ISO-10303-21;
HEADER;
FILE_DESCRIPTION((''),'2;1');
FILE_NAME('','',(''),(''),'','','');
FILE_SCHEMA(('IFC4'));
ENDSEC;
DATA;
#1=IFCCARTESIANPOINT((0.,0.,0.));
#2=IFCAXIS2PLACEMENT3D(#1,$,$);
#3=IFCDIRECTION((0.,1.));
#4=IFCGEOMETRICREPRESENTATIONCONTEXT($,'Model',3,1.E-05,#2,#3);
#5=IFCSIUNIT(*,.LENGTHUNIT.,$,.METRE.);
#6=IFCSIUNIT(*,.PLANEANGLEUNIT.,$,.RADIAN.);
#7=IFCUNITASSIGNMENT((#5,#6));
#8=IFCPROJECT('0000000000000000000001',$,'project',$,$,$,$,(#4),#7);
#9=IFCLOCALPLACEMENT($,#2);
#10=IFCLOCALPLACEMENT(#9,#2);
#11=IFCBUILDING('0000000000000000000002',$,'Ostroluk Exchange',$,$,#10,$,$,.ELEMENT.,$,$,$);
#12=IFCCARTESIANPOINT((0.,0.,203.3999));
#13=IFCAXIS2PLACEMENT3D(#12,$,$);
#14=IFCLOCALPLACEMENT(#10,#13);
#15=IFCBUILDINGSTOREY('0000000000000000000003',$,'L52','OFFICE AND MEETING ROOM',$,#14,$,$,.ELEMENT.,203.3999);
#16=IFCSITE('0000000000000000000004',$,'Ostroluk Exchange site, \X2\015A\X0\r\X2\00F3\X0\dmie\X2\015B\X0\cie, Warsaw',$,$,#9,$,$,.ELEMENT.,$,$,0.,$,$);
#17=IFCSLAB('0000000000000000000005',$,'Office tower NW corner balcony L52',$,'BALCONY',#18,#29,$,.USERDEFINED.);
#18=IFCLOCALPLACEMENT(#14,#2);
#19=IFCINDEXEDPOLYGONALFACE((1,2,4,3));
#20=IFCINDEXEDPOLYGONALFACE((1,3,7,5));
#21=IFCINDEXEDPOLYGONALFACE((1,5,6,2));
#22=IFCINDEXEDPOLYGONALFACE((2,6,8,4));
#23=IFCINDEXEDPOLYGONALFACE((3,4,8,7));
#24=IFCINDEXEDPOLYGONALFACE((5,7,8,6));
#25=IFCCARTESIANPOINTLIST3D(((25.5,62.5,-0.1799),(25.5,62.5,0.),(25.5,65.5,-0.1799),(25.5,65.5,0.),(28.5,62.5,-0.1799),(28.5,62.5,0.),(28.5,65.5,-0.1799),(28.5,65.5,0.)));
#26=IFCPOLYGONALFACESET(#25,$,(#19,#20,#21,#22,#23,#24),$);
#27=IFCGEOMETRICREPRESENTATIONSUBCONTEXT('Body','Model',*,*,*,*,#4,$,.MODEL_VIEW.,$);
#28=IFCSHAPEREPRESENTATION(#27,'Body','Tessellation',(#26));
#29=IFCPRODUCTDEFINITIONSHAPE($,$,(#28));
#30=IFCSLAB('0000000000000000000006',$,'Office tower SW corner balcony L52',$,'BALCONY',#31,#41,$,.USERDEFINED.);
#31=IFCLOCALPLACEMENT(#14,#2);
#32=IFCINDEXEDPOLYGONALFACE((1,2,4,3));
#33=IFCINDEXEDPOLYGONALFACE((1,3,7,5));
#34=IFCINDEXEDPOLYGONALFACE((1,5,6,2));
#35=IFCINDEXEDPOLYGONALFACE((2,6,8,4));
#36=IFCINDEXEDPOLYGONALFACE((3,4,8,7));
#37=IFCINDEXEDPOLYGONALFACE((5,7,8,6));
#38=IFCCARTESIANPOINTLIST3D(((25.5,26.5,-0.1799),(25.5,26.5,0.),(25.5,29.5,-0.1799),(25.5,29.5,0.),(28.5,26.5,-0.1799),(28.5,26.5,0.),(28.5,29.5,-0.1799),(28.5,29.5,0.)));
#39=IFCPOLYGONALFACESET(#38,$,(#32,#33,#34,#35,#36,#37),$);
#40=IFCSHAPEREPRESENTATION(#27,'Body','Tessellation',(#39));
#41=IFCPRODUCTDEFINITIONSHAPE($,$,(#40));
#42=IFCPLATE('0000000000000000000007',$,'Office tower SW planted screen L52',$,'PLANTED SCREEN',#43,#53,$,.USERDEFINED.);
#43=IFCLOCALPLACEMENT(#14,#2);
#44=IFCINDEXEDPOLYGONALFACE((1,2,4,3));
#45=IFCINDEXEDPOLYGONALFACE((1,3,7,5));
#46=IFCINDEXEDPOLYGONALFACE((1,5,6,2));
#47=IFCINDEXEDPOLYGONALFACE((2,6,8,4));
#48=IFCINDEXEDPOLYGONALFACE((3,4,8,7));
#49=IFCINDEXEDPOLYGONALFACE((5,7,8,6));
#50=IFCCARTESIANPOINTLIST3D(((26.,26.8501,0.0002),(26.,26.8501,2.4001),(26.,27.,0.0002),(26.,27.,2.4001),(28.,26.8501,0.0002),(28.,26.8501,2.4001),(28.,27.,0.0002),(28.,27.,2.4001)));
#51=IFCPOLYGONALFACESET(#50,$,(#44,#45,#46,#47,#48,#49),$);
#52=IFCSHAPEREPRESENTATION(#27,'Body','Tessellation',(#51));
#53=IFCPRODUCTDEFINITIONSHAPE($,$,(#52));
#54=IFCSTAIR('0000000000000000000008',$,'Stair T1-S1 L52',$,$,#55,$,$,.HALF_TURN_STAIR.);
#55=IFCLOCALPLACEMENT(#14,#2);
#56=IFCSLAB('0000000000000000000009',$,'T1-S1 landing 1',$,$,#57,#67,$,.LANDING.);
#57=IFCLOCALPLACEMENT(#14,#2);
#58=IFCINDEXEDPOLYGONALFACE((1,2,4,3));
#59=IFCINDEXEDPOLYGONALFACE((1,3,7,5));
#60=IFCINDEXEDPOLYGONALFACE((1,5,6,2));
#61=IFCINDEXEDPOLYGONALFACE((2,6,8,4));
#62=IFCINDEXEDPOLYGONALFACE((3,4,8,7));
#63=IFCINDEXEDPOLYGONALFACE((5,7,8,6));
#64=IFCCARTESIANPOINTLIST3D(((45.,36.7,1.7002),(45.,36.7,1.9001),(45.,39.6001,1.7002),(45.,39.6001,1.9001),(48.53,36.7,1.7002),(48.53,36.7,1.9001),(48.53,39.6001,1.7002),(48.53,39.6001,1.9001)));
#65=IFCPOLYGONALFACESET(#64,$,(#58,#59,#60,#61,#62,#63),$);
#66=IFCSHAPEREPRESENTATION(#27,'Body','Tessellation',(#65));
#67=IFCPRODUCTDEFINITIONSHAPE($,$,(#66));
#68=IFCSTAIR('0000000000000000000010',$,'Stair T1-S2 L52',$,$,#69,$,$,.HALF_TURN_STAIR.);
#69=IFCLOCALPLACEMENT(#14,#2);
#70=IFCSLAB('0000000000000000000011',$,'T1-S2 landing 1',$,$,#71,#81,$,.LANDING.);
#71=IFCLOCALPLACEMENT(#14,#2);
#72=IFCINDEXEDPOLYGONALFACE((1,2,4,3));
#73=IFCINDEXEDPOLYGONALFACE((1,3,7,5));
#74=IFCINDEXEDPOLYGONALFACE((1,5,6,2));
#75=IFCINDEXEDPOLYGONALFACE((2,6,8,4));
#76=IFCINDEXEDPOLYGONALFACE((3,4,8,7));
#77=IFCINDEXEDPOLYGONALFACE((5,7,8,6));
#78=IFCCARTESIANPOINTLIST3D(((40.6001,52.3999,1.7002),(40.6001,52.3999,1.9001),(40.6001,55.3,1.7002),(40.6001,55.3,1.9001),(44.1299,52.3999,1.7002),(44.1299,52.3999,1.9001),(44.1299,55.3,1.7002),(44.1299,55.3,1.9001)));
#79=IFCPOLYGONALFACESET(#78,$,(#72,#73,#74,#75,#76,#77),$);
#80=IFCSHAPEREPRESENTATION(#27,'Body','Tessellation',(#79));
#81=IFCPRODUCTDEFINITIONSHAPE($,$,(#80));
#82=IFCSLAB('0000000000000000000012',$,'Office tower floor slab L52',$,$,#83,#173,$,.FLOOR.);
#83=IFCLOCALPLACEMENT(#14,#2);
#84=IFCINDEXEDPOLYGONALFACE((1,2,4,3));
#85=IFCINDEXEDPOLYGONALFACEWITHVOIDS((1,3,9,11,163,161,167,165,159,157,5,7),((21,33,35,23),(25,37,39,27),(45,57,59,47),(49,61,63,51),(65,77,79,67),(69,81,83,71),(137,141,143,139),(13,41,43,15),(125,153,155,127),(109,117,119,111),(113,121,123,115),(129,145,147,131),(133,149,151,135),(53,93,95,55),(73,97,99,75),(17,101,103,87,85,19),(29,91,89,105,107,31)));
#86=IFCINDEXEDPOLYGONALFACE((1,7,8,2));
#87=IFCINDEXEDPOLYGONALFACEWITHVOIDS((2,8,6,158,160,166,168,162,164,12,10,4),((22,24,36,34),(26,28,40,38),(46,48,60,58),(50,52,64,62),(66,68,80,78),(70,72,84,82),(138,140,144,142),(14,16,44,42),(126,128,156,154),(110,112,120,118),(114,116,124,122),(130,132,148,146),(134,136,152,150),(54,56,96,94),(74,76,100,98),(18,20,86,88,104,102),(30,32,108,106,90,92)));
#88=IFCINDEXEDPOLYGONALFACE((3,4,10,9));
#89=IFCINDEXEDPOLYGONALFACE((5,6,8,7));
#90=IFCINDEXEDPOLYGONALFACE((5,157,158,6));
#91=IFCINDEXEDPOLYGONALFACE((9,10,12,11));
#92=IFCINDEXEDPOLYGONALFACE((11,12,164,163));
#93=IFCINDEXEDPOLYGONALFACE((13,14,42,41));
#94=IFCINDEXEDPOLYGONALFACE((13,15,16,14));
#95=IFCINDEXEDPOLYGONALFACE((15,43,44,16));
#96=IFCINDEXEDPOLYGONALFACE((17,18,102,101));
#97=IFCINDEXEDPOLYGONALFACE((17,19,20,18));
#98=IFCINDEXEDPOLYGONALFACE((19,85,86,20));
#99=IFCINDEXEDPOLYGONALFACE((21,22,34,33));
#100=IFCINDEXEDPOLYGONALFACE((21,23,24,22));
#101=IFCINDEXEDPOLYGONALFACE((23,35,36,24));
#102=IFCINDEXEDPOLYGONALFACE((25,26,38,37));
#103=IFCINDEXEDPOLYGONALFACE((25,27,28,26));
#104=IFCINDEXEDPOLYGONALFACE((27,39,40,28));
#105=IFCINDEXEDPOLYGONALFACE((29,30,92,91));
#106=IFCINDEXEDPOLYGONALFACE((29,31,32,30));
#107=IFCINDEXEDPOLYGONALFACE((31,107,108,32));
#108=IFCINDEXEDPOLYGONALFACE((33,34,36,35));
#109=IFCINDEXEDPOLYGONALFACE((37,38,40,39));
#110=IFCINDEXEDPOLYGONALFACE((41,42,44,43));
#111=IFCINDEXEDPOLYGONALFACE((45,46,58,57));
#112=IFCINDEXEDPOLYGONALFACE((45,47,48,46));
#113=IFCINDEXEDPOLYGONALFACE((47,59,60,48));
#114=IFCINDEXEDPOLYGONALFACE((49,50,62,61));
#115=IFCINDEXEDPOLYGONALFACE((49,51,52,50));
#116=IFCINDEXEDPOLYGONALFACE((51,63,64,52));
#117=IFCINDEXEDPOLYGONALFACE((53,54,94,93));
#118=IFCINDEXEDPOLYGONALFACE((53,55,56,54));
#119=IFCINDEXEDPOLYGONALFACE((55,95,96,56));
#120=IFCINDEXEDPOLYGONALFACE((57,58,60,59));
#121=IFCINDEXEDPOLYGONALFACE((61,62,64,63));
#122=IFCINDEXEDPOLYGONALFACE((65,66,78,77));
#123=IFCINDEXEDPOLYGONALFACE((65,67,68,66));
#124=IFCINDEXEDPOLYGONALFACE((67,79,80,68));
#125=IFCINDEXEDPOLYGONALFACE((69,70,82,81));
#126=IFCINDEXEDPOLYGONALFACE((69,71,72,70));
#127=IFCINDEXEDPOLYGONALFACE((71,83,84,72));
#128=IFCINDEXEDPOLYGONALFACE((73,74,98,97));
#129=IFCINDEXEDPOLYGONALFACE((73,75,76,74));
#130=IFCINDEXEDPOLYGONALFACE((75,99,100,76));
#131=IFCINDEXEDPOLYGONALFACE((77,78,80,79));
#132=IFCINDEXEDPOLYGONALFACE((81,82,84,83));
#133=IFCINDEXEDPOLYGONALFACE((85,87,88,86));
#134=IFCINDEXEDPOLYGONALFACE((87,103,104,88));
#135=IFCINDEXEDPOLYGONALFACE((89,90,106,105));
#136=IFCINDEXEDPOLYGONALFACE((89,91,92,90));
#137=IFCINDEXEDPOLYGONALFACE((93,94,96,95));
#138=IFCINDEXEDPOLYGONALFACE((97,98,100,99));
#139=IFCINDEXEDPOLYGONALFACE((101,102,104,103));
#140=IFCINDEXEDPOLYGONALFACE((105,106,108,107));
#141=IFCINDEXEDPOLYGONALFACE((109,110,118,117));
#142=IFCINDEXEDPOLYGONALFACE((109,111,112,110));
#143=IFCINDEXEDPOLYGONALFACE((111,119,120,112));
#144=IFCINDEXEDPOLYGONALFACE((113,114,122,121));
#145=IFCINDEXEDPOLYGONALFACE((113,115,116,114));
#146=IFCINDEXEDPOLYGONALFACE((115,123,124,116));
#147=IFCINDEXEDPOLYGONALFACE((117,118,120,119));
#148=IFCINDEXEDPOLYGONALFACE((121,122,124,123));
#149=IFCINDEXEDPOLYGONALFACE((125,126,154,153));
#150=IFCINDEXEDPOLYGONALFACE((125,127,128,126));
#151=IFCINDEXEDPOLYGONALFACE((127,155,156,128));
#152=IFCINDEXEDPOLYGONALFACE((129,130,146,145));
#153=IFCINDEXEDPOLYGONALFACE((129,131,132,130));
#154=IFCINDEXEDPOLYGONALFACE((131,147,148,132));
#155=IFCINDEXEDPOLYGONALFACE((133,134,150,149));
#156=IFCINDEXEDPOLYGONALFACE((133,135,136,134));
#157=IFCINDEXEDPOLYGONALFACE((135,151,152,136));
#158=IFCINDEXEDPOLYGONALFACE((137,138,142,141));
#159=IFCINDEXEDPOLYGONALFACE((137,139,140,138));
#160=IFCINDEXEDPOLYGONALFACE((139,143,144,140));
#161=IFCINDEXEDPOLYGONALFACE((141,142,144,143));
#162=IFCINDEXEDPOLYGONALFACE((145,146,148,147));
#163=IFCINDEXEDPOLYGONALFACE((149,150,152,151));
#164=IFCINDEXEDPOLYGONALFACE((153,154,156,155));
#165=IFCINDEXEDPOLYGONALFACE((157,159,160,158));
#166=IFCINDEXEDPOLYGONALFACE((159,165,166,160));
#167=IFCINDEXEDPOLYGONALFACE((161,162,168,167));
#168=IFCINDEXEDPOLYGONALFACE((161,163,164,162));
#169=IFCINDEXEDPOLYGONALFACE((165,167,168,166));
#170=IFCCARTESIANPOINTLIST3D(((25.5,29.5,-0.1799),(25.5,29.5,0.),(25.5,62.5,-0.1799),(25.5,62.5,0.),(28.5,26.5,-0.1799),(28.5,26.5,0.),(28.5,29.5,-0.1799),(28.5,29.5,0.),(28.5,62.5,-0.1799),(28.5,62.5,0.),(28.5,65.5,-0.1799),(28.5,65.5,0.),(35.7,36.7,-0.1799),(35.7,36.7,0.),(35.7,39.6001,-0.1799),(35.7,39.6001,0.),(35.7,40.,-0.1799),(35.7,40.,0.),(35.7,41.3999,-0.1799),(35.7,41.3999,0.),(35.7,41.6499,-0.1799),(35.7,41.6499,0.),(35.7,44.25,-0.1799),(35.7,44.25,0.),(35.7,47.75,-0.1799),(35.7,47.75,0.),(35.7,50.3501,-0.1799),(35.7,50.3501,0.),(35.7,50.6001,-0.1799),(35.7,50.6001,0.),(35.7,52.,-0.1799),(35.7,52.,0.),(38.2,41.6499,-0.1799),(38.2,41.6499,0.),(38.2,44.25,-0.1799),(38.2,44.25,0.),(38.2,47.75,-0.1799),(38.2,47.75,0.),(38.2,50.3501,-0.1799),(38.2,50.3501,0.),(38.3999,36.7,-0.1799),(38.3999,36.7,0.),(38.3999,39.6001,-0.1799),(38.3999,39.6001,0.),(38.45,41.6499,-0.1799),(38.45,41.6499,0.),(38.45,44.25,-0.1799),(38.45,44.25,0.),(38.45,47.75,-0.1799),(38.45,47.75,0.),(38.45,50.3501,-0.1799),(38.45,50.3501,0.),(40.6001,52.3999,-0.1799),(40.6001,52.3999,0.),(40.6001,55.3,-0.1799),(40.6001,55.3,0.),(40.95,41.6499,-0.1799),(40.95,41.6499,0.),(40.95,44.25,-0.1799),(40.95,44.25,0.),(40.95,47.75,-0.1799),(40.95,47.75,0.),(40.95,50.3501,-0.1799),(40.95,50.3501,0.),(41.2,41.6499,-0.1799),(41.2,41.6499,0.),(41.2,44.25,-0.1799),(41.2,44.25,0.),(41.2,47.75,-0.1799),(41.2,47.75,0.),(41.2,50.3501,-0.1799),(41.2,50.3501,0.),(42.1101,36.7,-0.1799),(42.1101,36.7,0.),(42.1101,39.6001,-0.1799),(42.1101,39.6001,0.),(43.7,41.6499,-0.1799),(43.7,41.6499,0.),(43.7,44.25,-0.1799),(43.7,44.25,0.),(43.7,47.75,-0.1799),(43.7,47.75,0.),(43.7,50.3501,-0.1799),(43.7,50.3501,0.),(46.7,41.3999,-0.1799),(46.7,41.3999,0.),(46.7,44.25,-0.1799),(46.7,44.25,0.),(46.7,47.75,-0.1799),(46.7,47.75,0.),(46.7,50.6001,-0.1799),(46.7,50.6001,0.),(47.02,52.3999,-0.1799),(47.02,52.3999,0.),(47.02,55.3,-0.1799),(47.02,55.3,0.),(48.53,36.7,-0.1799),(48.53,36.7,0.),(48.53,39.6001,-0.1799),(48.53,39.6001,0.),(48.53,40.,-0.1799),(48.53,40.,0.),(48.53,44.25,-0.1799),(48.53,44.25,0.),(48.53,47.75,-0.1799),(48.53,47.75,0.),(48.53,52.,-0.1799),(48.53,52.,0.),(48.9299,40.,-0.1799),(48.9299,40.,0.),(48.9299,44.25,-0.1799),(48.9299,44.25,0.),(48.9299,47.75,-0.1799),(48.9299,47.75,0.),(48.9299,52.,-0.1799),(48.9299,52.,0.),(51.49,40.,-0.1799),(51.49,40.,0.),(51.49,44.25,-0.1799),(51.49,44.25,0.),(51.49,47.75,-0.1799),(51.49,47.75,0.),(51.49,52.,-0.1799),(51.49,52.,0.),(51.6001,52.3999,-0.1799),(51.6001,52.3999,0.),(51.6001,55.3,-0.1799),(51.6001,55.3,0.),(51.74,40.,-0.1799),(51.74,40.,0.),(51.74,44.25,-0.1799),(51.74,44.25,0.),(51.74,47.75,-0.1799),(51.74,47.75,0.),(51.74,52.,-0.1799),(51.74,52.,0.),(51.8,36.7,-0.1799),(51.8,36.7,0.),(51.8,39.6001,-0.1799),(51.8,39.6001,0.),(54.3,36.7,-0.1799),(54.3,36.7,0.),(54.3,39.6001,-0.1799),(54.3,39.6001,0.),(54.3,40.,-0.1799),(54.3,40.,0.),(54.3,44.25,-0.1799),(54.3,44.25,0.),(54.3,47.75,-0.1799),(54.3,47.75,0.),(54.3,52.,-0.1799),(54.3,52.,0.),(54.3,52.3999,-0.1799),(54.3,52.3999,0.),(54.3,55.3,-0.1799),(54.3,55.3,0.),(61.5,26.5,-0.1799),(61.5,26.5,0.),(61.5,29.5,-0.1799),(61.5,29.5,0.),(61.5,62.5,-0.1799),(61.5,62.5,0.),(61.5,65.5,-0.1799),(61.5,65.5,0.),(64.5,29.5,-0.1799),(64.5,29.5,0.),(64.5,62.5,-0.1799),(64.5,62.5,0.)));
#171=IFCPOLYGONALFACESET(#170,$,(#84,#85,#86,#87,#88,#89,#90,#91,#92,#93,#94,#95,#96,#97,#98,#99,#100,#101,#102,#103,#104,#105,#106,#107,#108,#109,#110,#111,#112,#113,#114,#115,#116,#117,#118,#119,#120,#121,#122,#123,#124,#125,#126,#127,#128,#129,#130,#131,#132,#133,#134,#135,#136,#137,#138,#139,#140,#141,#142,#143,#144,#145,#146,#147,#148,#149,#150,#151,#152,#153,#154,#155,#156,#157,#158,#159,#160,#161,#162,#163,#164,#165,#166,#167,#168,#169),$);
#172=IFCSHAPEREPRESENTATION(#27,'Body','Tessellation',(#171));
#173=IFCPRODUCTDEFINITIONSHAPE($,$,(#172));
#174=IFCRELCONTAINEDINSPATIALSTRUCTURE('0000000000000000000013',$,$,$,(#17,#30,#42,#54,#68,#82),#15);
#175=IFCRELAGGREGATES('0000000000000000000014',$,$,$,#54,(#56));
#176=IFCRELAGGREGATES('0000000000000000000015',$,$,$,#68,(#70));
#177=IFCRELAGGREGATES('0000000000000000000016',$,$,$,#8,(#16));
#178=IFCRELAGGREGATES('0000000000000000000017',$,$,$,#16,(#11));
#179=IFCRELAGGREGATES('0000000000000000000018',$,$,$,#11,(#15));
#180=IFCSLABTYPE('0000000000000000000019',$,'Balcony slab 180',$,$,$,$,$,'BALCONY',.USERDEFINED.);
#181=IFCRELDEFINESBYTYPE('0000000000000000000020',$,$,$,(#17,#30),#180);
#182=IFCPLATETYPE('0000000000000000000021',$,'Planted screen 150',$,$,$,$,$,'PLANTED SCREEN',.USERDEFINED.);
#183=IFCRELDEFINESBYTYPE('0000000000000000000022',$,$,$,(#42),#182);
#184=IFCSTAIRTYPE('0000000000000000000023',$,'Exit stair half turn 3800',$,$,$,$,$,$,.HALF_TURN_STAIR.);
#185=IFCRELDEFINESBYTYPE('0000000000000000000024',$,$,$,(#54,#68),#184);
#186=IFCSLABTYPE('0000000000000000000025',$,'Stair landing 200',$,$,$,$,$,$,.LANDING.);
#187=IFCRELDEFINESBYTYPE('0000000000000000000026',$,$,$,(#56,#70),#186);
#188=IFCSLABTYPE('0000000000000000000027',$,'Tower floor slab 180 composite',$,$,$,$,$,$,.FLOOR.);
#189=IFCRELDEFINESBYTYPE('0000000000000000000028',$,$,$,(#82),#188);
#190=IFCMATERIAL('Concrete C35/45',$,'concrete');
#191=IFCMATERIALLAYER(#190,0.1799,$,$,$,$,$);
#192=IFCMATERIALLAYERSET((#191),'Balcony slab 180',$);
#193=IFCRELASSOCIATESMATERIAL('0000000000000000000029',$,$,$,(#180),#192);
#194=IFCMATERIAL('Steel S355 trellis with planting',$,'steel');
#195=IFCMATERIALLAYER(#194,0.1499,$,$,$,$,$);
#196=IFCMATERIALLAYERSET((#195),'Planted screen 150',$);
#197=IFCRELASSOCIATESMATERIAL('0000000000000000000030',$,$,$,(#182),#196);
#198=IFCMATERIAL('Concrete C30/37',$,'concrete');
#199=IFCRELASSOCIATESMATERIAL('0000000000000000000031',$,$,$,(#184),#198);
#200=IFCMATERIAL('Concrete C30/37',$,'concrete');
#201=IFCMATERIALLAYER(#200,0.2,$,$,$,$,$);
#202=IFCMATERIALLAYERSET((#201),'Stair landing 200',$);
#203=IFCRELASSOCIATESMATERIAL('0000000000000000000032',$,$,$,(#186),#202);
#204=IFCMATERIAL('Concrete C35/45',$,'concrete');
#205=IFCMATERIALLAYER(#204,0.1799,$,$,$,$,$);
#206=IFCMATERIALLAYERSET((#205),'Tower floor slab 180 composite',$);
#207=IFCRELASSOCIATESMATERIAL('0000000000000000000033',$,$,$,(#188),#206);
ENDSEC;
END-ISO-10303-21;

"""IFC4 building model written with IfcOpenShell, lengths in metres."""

from ifc_helpers import new_model, si_unit, direction, frame, origin, origin_2d, place, context, subcontext, project, spatial, polyline, rectangle, outline, extrude, material, layer, layer_set, type_object, element, aggregate, save


model = new_model("IFC4")

# Units and contexts
model_context = context("Model", 3, precision=1e-05, world=origin(), true_north=direction((0.0, 1.0)))
body_context = subcontext(model_context, "Body", "Model", "MODEL_VIEW")
ifc_project = project(units=[si_unit("LENGTHUNIT", "METRE"), si_unit("PLANEANGLEUNIT", "RADIAN")], contexts=[model_context])

# Site, building, storey
site_placement = place(None, origin())
site = spatial("IfcSite", under=ifc_project, at=site_placement, Name="Ostroluk Exchange site, Śródmieście, Warsaw", CompositionType="ELEMENT", RefElevation=0.0)
building_placement = place(site_placement, origin())
building = spatial("IfcBuilding", under=site, at=building_placement, Name="Ostroluk Exchange", CompositionType="ELEMENT")
storey_placement = place(building_placement, frame((0.0, 0.0, 203.3999)))
storey = spatial("IfcBuildingStorey", under=building, at=storey_placement, Name="L52", Description="OFFICE AND MEETING ROOM", CompositionType="ELEMENT", Elevation=203.3999)

# Slabs
ifc_material_1 = material(Name="Concrete C35/45", Category="concrete")
ifc_layer_1 = layer(ifc_material_1, 0.1799)
ifc_layer_set_1 = layer_set([ifc_layer_1], Name="Balcony slab 180")
slab_type_1 = type_object("IfcSlabType", Name="Balcony slab 180", ElementType="BALCONY", PredefinedType="USERDEFINED", material=ifc_layer_set_1)
slab_1_placement = place(storey_placement, frame((0.0, 0.0, -0.1799)))
element("IfcSlab", 1, at=slab_1_placement, inside=storey, type_object=slab_type_1, Name="Office tower NW corner balcony L52", ObjectType="BALCONY", PredefinedType="USERDEFINED", context=body_context, shape_type="SweptSolid", body=[
    extrude(outline(polyline([(25.5, 62.5), (28.5, 62.5), (28.5, 65.5), (25.5, 65.5), (25.5, 62.5)])), origin(), (0.0, 0.0, 1.0), 0.1799),
])
slab_2_placement = place(storey_placement, frame((0.0, 0.0, -0.1799)))
element("IfcSlab", 2, at=slab_2_placement, inside=storey, type_object=slab_type_1, Name="Office tower SW corner balcony L52", ObjectType="BALCONY", PredefinedType="USERDEFINED", context=body_context, shape_type="SweptSolid", body=[
    extrude(outline(polyline([(25.5, 26.5), (28.5, 26.5), (28.5, 29.5), (25.5, 29.5), (25.5, 26.5)])), origin(), (0.0, 0.0, 1.0), 0.1799),
])

# Plate
ifc_material_2 = material(Name="Steel S355 trellis with planting", Category="steel")
ifc_layer_2 = layer(ifc_material_2, 0.1499)
ifc_layer_set_2 = layer_set([ifc_layer_2], Name="Planted screen 150")
plate_type_1 = type_object("IfcPlateType", Name="Planted screen 150", ElementType="PLANTED SCREEN", PredefinedType="USERDEFINED", material=ifc_layer_set_2)
plate_1_placement = place(storey_placement, frame((27.0, 26.925, 0.0002), z_axis=(0.0, 0.0, 1.0), x_axis=(1.0, 0.0, 0.0)))
element("IfcPlate", 3, at=plate_1_placement, inside=storey, type_object=plate_type_1, Name="Office tower SW planted screen L52", ObjectType="PLANTED SCREEN", PredefinedType="USERDEFINED", context=body_context, shape_type="SweptSolid", body=[
    extrude(rectangle(XDim=2.0, YDim=0.1499, at=origin_2d()), origin(), (0.0, 0.0, 1.0), 2.3999),
])

# Stairs, slabs
ifc_material_3 = material(Name="Concrete C30/37", Category="concrete")
stair_type = type_object("IfcStairType", Name="Exit stair half turn 3800", PredefinedType="HALF_TURN_STAIR", material=ifc_material_3)
stair_1_placement = place(storey_placement, origin())
stair_1 = element("IfcStair", 4, at=stair_1_placement, inside=storey, type_object=stair_type, Name="Stair T1-S1 L52", PredefinedType="HALF_TURN_STAIR")
ifc_material_4 = material(Name="Concrete C30/37", Category="concrete")
ifc_layer_3 = layer(ifc_material_4, 0.2)
ifc_layer_set_3 = layer_set([ifc_layer_3], Name="Stair landing 200")
slab_type_2 = type_object("IfcSlabType", Name="Stair landing 200", PredefinedType="LANDING", material=ifc_layer_set_3)
slab_3_placement = place(storey_placement, frame((0.0, 0.0, 1.7002)))
slab_3 = element("IfcSlab", 5, at=slab_3_placement, type_object=slab_type_2, Name="T1-S1 landing 1", PredefinedType="LANDING", context=body_context, shape_type="SweptSolid", body=[
    extrude(outline(polyline([(45.0, 36.7), (45.0, 39.6001), (48.53, 39.6001), (48.53, 36.7), (45.0, 36.7)])), origin(), (0.0, 0.0, 1.0), 0.2),
])
aggregate(stair_1, [slab_3])
stair_2_placement = place(storey_placement, origin())
stair_2 = element("IfcStair", 6, at=stair_2_placement, inside=storey, type_object=stair_type, Name="Stair T1-S2 L52", PredefinedType="HALF_TURN_STAIR")
slab_4_placement = place(storey_placement, frame((0.0, 0.0, 1.7002)))
slab_4 = element("IfcSlab", 7, at=slab_4_placement, type_object=slab_type_2, Name="T1-S2 landing 1", PredefinedType="LANDING", context=body_context, shape_type="SweptSolid", body=[
    extrude(outline(polyline([(44.1299, 52.3999), (44.1299, 55.3), (40.6001, 55.3), (40.6001, 52.3999), (44.1299, 52.3999)])), origin(), (0.0, 0.0, 1.0), 0.2),
])
aggregate(stair_2, [slab_4])

# Slab
ifc_material_5 = material(Name="Concrete C35/45", Category="concrete")
ifc_layer_4 = layer(ifc_material_5, 0.1799)
ifc_layer_set_4 = layer_set([ifc_layer_4], Name="Tower floor slab 180 composite")
slab_type_3 = type_object("IfcSlabType", Name="Tower floor slab 180 composite", PredefinedType="FLOOR", material=ifc_layer_set_4)
slab_5_placement = place(storey_placement, frame((0.0, 0.0, -0.1799)))
element("IfcSlab", 8, at=slab_5_placement, inside=storey, type_object=slab_type_3, Name="Office tower floor slab L52", PredefinedType="FLOOR", context=body_context, shape_type="SweptSolid", body=[
    extrude(outline(polyline([(28.5, 26.5), (61.5, 26.5), (61.5, 29.5), (64.5, 29.5), (64.5, 62.5), (61.5, 62.5), (61.5, 65.5), (28.5, 65.5), (28.5, 62.5), (25.5, 62.5), (25.5, 29.5), (28.5, 29.5), (28.5, 26.5)]), holes=[polyline([(35.7, 36.7), (38.3999, 36.7), (38.3999, 39.6001), (35.7, 39.6001), (35.7, 36.7)]), polyline([(42.1101, 36.7), (48.53, 36.7), (48.53, 39.6001), (42.1101, 39.6001), (42.1101, 36.7)]), polyline([(51.8, 36.7), (54.3, 36.7), (54.3, 39.6001), (51.8, 39.6001), (51.8, 36.7)]), polyline([(40.6001, 52.3999), (47.02, 52.3999), (47.02, 55.3), (40.6001, 55.3), (40.6001, 52.3999)]), polyline([(51.6001, 52.3999), (54.3, 52.3999), (54.3, 55.3), (51.6001, 55.3), (51.6001, 52.3999)]), polyline([(35.7, 47.75), (38.2, 47.75), (38.2, 50.3501), (35.7, 50.3501), (35.7, 47.75)]), polyline([(38.45, 47.75), (40.95, 47.75), (40.95, 50.3501), (38.45, 50.3501), (38.45, 47.75)]), polyline([(41.2, 47.75), (43.7, 47.75), (43.7, 50.3501), (41.2, 50.3501), (41.2, 47.75)]), polyline([(35.7, 41.6499), (38.2, 41.6499), (38.2, 44.25), (35.7, 44.25), (35.7, 41.6499)]), polyline([(38.45, 41.6499), (40.95, 41.6499), (40.95, 44.25), (38.45, 44.25), (38.45, 41.6499)]), polyline([(41.2, 41.6499), (43.7, 41.6499), (43.7, 44.25), (41.2, 44.25), (41.2, 41.6499)]), polyline([(48.9299, 47.75), (51.49, 47.75), (51.49, 52.0), (48.9299, 52.0), (48.9299, 47.75)]), polyline([(51.74, 47.75), (54.3, 47.75), (54.3, 52.0), (51.74, 52.0), (51.74, 47.75)]), polyline([(48.9299, 40.0), (51.49, 40.0), (51.49, 44.25), (48.9299, 44.25), (48.9299, 40.0)]), polyline([(51.74, 40.0), (54.3, 40.0), (54.3, 44.25), (51.74, 44.25), (51.74, 40.0)]), polyline([(48.53, 52.0), (48.53, 47.75), (46.7, 47.75), (46.7, 50.6001), (35.7, 50.6001), (35.7, 52.0), (48.53, 52.0)]), polyline([(35.7, 40.0), (35.7, 41.3999), (46.7, 41.3999), (46.7, 44.25), (48.53, 44.25), (48.53, 40.0), (35.7, 40.0)])]), origin(), (0.0, 0.0, 1.0), 0.1799),
])

save(model, "model.ifc")
